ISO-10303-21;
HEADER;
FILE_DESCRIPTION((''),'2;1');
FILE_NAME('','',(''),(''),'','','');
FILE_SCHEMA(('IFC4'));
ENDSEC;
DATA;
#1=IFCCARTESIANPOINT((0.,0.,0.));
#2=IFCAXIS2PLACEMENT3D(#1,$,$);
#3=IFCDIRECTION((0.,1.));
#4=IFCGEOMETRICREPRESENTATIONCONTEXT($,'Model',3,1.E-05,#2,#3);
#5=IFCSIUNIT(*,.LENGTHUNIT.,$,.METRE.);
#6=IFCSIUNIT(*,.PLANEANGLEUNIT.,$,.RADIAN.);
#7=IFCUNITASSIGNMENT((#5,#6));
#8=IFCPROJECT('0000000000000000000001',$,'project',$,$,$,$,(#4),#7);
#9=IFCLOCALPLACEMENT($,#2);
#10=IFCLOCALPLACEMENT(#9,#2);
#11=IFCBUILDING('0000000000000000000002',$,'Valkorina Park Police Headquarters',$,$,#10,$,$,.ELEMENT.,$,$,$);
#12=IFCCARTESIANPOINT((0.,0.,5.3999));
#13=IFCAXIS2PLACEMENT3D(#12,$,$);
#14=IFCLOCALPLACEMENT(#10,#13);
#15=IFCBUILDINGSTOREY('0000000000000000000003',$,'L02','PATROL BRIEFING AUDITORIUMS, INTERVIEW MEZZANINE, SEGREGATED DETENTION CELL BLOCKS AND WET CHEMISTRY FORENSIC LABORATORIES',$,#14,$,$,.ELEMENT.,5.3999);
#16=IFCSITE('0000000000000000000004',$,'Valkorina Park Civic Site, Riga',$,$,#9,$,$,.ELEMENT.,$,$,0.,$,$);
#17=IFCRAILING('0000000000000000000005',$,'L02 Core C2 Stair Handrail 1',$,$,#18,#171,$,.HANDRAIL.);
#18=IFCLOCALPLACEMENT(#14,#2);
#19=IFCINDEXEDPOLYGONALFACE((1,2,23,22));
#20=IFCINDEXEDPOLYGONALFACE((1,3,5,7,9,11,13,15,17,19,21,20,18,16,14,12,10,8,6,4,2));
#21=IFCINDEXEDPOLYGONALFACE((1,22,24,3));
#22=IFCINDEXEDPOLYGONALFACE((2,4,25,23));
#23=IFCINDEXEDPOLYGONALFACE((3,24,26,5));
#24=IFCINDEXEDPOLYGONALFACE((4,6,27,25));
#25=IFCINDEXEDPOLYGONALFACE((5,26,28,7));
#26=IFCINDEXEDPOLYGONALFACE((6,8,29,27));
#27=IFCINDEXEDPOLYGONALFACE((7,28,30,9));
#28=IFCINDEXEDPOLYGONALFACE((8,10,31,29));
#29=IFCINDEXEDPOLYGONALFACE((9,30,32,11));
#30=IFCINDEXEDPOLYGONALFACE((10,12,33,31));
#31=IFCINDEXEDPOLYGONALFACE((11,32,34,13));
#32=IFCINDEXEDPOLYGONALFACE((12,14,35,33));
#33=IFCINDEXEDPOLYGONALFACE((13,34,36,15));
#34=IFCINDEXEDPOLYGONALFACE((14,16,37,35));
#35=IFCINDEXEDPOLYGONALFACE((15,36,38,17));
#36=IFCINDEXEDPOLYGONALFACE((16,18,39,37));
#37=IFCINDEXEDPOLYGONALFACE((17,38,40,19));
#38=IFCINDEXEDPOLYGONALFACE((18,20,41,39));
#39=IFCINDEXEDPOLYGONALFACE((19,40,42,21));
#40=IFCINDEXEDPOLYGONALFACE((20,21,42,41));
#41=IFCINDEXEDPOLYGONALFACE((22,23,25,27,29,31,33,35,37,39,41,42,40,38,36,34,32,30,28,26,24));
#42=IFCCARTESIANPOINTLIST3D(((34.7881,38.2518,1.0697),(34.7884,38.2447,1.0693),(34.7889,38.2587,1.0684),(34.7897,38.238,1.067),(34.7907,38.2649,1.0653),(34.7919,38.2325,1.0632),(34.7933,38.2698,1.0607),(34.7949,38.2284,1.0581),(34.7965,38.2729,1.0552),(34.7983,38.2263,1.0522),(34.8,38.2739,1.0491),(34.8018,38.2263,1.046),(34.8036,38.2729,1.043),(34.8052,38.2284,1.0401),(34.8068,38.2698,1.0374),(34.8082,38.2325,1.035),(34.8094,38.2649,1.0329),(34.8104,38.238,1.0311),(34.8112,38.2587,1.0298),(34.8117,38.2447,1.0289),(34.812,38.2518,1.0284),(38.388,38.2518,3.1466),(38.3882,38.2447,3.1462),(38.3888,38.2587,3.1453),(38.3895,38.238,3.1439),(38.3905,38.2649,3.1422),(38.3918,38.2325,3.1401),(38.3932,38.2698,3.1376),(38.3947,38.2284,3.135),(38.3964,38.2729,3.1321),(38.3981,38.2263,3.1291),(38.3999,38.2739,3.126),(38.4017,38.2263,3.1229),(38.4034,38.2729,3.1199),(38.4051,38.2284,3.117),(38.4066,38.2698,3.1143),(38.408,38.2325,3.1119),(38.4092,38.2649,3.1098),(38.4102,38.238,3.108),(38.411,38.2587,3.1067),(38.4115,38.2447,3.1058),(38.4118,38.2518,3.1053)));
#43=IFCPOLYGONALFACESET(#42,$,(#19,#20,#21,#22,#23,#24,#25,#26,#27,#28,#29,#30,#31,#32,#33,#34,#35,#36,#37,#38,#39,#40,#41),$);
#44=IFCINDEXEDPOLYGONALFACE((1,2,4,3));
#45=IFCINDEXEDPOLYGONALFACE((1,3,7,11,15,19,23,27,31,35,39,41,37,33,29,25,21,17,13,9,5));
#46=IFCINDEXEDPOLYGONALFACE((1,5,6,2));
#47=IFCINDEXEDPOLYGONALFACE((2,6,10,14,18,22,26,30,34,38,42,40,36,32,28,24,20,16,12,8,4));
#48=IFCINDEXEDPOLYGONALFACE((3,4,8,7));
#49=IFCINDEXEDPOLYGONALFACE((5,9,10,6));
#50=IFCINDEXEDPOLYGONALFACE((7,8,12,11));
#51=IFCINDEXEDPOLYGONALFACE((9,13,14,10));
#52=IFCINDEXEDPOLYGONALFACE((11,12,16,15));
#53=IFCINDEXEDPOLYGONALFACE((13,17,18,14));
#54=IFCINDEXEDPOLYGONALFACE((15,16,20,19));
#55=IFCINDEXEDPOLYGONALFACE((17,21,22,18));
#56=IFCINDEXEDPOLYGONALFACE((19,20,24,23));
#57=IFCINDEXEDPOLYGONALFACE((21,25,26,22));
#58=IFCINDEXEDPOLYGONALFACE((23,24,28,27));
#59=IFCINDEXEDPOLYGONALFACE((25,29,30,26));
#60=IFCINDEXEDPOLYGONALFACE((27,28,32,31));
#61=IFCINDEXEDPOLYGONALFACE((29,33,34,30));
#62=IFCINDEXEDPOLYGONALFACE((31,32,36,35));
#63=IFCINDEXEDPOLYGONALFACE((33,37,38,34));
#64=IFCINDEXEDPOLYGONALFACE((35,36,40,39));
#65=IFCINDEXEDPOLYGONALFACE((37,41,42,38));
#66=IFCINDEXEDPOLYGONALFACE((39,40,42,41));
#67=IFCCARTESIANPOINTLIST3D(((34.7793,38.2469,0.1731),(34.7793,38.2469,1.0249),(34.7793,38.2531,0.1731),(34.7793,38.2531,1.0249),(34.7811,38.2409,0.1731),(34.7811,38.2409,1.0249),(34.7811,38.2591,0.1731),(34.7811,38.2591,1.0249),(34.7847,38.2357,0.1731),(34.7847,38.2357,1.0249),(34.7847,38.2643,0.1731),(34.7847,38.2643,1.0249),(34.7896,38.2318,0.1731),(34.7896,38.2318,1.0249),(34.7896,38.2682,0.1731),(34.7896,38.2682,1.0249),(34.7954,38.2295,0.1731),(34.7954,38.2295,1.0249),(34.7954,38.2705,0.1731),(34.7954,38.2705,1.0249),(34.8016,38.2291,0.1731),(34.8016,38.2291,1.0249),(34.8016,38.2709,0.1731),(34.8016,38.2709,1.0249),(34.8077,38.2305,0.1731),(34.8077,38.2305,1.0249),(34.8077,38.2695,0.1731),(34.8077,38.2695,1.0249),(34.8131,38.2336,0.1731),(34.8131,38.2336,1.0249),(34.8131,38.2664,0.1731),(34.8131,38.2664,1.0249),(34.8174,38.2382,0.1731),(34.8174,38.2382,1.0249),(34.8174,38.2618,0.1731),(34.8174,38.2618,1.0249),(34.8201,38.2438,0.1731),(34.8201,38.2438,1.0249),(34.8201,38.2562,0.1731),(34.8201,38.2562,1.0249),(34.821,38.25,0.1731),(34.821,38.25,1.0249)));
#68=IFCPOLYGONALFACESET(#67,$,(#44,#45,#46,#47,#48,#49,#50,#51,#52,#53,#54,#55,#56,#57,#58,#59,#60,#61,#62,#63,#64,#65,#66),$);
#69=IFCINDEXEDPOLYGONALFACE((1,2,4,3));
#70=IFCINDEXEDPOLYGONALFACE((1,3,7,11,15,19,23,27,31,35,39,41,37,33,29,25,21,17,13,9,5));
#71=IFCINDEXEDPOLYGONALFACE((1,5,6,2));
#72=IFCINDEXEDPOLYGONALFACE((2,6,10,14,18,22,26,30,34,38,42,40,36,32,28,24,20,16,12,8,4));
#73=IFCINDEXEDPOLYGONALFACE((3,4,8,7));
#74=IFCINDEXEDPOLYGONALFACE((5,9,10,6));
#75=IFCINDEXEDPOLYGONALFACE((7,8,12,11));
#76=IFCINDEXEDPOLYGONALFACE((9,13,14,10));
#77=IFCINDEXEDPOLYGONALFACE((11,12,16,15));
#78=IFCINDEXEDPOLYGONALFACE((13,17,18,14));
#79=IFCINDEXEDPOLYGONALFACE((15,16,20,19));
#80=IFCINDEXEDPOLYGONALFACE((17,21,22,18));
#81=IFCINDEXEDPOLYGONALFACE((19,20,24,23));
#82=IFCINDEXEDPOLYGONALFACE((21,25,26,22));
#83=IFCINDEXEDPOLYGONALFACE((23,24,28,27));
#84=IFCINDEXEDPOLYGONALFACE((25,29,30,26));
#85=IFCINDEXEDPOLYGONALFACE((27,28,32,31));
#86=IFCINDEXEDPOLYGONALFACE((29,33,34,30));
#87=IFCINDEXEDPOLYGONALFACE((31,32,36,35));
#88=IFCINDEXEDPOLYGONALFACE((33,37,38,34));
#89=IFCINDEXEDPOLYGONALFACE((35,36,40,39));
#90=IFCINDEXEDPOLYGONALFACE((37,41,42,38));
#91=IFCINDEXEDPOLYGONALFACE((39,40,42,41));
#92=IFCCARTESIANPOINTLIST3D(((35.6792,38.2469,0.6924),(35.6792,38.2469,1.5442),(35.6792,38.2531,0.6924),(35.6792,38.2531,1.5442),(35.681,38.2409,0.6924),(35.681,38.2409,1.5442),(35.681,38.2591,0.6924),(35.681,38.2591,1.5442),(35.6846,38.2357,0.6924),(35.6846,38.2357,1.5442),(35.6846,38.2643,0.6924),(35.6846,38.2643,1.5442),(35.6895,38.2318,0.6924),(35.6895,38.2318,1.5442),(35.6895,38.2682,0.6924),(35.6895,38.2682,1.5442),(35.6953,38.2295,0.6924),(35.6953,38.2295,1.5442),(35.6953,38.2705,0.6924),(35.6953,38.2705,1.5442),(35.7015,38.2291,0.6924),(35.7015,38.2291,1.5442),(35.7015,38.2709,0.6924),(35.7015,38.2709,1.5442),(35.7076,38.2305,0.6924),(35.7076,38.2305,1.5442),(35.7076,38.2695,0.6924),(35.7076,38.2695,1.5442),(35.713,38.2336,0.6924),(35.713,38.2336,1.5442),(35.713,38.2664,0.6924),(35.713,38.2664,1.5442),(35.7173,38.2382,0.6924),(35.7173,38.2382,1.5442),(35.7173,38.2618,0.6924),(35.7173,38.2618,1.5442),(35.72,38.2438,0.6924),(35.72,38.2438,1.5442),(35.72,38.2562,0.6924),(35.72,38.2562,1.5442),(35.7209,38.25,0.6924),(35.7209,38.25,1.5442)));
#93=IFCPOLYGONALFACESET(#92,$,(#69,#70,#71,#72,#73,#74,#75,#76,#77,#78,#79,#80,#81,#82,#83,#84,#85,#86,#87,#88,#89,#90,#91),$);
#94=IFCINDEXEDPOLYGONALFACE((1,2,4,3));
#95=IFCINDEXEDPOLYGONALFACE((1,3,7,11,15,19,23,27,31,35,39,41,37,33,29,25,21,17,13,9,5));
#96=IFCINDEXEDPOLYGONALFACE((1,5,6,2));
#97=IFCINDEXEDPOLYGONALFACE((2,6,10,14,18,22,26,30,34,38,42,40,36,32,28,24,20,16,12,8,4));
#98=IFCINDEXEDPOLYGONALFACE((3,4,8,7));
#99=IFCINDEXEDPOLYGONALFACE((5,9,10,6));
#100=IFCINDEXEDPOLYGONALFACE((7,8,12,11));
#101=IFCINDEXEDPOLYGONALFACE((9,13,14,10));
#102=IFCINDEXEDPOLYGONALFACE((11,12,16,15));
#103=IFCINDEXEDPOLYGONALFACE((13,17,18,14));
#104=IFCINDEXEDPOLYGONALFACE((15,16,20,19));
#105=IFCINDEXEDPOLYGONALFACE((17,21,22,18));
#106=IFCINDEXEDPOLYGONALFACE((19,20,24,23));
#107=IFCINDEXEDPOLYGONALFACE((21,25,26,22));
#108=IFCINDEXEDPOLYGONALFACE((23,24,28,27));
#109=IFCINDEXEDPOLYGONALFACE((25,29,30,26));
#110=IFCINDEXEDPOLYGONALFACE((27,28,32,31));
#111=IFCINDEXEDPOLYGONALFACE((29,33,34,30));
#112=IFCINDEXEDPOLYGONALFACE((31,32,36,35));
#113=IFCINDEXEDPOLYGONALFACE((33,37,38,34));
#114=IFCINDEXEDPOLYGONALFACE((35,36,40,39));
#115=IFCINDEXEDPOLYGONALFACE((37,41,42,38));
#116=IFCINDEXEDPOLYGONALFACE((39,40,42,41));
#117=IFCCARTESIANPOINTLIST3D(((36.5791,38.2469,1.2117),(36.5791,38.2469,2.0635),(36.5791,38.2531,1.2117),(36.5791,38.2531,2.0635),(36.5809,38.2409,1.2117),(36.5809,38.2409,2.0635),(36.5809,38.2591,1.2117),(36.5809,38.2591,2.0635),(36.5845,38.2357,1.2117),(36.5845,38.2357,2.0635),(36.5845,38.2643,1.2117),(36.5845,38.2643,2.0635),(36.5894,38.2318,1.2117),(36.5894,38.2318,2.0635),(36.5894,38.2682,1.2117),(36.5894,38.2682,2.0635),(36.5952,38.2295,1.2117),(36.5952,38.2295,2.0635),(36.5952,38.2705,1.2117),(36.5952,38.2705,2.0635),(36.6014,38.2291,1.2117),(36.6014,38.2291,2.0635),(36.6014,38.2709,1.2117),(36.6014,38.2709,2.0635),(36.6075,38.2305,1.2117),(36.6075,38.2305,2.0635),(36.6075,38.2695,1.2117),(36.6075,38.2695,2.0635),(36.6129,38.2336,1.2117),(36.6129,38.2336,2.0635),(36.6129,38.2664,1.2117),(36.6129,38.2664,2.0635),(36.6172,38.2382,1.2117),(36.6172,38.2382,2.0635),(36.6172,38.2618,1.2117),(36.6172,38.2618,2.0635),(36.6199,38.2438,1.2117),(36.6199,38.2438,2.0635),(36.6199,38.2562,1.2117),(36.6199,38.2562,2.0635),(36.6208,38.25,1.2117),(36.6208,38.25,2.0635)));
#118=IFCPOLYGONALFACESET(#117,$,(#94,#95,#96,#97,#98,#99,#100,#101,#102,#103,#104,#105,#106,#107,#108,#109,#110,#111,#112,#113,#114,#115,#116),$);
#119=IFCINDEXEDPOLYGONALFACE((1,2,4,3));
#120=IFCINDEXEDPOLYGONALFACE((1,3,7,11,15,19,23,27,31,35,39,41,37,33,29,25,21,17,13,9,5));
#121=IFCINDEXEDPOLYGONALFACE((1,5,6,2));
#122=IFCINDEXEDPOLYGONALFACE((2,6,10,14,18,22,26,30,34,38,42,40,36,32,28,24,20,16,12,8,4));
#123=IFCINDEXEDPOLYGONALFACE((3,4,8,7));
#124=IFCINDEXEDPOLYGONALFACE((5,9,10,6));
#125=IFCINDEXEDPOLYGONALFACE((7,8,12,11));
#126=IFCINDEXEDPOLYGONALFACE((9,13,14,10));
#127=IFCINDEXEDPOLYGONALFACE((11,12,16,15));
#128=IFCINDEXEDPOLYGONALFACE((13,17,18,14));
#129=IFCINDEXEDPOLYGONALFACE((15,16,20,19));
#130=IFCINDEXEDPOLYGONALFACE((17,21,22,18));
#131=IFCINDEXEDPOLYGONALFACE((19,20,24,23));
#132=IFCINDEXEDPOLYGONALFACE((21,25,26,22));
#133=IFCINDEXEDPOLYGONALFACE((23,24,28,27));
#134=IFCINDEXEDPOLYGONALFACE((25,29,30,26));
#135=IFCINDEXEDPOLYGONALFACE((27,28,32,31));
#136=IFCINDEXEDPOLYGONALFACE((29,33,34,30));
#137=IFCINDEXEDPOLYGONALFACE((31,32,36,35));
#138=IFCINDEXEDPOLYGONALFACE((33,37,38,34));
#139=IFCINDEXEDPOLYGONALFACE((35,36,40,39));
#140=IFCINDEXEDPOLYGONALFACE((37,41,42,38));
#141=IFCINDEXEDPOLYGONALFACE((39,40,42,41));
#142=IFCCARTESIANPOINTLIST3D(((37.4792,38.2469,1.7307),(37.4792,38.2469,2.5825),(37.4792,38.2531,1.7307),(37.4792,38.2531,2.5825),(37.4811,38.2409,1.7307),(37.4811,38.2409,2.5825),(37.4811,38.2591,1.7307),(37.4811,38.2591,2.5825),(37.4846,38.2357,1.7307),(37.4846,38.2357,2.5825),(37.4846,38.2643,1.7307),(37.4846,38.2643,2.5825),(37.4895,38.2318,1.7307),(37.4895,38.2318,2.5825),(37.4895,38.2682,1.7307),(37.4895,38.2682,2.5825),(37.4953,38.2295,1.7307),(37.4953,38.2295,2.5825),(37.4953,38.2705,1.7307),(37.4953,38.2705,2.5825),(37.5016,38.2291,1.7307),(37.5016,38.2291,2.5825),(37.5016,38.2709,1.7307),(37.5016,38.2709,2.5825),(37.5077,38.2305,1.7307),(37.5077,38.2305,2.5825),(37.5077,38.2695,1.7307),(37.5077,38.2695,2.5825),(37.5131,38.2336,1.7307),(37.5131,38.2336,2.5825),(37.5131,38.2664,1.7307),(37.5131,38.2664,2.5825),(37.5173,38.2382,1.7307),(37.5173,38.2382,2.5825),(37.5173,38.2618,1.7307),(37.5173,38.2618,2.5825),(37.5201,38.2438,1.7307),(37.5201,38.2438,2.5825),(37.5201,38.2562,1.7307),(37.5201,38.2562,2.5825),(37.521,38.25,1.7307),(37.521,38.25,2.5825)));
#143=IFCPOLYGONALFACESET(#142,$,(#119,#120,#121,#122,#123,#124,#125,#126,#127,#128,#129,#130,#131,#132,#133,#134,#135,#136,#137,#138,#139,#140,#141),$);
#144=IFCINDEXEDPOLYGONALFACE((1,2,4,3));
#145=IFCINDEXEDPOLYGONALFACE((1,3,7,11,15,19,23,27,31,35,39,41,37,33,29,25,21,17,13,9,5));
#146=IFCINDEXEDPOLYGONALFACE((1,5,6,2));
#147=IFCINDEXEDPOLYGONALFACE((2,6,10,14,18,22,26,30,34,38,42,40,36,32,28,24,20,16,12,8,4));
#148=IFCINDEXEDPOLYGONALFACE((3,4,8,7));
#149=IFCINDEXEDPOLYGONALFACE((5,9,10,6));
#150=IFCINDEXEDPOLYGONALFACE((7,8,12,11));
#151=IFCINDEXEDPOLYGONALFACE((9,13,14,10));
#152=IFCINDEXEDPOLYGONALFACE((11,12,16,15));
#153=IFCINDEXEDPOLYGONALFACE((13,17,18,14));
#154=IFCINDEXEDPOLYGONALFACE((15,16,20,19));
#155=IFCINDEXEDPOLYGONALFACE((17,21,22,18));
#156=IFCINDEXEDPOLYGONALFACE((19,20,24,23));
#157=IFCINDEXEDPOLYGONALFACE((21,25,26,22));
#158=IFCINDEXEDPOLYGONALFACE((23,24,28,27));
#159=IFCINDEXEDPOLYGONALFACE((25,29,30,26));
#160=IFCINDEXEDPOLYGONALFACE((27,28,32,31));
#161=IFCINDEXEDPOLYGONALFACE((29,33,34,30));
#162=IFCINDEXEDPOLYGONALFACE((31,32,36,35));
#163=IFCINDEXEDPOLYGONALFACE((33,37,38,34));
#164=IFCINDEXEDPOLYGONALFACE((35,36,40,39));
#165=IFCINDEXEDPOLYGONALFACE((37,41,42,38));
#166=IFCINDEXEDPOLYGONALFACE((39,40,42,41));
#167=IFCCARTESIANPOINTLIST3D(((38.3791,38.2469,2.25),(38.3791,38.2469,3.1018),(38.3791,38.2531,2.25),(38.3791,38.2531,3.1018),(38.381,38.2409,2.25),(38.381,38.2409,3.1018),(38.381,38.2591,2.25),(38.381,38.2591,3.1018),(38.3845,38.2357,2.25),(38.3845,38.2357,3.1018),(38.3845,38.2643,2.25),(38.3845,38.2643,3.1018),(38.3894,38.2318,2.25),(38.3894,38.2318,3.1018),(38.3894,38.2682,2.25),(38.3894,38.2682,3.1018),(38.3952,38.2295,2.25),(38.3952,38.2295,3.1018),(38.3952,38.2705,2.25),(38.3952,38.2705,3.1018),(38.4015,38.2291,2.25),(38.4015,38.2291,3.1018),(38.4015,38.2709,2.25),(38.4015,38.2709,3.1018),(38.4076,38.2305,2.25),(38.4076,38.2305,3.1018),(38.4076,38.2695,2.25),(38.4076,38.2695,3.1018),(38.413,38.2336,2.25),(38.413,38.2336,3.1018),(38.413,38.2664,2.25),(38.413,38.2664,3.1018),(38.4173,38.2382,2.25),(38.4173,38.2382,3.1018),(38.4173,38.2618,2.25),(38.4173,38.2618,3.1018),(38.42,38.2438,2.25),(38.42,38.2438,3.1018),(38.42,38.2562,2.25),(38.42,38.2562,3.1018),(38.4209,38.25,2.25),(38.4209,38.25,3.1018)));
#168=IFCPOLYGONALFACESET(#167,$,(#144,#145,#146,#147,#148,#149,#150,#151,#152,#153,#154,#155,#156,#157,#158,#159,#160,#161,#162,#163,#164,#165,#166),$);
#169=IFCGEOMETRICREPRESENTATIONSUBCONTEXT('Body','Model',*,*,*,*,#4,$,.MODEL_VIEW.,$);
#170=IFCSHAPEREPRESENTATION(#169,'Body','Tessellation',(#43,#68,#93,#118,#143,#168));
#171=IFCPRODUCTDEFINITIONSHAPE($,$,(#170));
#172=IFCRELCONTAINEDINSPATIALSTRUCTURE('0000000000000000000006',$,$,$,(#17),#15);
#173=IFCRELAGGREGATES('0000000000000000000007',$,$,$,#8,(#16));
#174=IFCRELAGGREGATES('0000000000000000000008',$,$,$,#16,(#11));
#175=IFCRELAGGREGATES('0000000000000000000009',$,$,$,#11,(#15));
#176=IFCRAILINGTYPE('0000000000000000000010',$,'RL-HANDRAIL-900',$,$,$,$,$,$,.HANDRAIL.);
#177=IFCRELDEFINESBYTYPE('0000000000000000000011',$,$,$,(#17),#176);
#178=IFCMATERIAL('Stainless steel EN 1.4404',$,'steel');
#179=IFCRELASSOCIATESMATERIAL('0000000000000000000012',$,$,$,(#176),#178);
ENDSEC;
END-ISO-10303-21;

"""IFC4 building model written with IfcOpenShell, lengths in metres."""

from ifc_helpers import new_model, si_unit, direction, frame, origin, origin_2d, place, context, subcontext, project, spatial, circle, extrude, material, type_object, element, save


model = new_model("IFC4")

# Units and contexts
model_context = context("Model", 3, precision=1e-05, world=origin(), true_north=direction((0.0, 1.0)))
body_context = subcontext(model_context, "Body", "Model", "MODEL_VIEW")
ifc_project = project(units=[si_unit("LENGTHUNIT", "METRE"), si_unit("PLANEANGLEUNIT", "RADIAN")], contexts=[model_context])

# Site, building, storey
site_placement = place(None, origin())
site = spatial("IfcSite", under=ifc_project, at=site_placement, Name="Valkorina Park Civic Site, Riga", CompositionType="ELEMENT", RefElevation=0.0)
building_placement = place(site_placement, origin())
building = spatial("IfcBuilding", under=site, at=building_placement, Name="Valkorina Park Police Headquarters", CompositionType="ELEMENT")
storey_placement = place(building_placement, frame((0.0, 0.0, 5.3999)))
storey = spatial("IfcBuildingStorey", under=building, at=storey_placement, Name="L02", Description="PATROL BRIEFING AUDITORIUMS, INTERVIEW MEZZANINE, SEGREGATED DETENTION CELL BLOCKS AND WET CHEMISTRY FORENSIC LABORATORIES", CompositionType="ELEMENT", Elevation=5.3999)

# Railing
ifc_material_1 = material(Name="Stainless steel EN 1.4404", Category="steel")
railing_type_1 = type_object("IfcRailingType", Name="RL-HANDRAIL-900", PredefinedType="HANDRAIL", material=ifc_material_1)
railing_1_placement = place(storey_placement, frame((34.8, 38.25, 0.1731)))
element("IfcRailing", 1, at=railing_1_placement, inside=storey, type_object=railing_type_1, Name="L02 Core C2 Stair Handrail 1", PredefinedType="HANDRAIL", context=body_context, shape_type="SweptSolid", body=[
    extrude(circle(Radius=0.0239, at=origin_2d()), frame((0.0, 0.0, 0.876), z_axis=(0.866179, 0.0, 0.499734), x_axis=(0.0, 1.0, 0.0)), (0.0, 0.0, 1.0), 4.156),
    extrude(circle(Radius=0.021, at=origin_2d()), origin(), (0.0, 0.0, 1.0), 0.8518),
    extrude(circle(Radius=0.021, at=origin_2d()), frame((0.8999, 0.0, 0.5193)), (0.0, 0.0, 1.0), 0.8518),
    extrude(circle(Radius=0.021, at=origin_2d()), frame((1.7998, 0.0, 1.0386)), (0.0, 0.0, 1.0), 0.8518),
    extrude(circle(Radius=0.021, at=origin_2d()), frame((2.7, 0.0, 1.5576)), (0.0, 0.0, 1.0), 0.8518),
    extrude(circle(Radius=0.021, at=origin_2d()), frame((3.5999, 0.0, 2.0769)), (0.0, 0.0, 1.0), 0.8518),
])

save(model, "model.ifc")
